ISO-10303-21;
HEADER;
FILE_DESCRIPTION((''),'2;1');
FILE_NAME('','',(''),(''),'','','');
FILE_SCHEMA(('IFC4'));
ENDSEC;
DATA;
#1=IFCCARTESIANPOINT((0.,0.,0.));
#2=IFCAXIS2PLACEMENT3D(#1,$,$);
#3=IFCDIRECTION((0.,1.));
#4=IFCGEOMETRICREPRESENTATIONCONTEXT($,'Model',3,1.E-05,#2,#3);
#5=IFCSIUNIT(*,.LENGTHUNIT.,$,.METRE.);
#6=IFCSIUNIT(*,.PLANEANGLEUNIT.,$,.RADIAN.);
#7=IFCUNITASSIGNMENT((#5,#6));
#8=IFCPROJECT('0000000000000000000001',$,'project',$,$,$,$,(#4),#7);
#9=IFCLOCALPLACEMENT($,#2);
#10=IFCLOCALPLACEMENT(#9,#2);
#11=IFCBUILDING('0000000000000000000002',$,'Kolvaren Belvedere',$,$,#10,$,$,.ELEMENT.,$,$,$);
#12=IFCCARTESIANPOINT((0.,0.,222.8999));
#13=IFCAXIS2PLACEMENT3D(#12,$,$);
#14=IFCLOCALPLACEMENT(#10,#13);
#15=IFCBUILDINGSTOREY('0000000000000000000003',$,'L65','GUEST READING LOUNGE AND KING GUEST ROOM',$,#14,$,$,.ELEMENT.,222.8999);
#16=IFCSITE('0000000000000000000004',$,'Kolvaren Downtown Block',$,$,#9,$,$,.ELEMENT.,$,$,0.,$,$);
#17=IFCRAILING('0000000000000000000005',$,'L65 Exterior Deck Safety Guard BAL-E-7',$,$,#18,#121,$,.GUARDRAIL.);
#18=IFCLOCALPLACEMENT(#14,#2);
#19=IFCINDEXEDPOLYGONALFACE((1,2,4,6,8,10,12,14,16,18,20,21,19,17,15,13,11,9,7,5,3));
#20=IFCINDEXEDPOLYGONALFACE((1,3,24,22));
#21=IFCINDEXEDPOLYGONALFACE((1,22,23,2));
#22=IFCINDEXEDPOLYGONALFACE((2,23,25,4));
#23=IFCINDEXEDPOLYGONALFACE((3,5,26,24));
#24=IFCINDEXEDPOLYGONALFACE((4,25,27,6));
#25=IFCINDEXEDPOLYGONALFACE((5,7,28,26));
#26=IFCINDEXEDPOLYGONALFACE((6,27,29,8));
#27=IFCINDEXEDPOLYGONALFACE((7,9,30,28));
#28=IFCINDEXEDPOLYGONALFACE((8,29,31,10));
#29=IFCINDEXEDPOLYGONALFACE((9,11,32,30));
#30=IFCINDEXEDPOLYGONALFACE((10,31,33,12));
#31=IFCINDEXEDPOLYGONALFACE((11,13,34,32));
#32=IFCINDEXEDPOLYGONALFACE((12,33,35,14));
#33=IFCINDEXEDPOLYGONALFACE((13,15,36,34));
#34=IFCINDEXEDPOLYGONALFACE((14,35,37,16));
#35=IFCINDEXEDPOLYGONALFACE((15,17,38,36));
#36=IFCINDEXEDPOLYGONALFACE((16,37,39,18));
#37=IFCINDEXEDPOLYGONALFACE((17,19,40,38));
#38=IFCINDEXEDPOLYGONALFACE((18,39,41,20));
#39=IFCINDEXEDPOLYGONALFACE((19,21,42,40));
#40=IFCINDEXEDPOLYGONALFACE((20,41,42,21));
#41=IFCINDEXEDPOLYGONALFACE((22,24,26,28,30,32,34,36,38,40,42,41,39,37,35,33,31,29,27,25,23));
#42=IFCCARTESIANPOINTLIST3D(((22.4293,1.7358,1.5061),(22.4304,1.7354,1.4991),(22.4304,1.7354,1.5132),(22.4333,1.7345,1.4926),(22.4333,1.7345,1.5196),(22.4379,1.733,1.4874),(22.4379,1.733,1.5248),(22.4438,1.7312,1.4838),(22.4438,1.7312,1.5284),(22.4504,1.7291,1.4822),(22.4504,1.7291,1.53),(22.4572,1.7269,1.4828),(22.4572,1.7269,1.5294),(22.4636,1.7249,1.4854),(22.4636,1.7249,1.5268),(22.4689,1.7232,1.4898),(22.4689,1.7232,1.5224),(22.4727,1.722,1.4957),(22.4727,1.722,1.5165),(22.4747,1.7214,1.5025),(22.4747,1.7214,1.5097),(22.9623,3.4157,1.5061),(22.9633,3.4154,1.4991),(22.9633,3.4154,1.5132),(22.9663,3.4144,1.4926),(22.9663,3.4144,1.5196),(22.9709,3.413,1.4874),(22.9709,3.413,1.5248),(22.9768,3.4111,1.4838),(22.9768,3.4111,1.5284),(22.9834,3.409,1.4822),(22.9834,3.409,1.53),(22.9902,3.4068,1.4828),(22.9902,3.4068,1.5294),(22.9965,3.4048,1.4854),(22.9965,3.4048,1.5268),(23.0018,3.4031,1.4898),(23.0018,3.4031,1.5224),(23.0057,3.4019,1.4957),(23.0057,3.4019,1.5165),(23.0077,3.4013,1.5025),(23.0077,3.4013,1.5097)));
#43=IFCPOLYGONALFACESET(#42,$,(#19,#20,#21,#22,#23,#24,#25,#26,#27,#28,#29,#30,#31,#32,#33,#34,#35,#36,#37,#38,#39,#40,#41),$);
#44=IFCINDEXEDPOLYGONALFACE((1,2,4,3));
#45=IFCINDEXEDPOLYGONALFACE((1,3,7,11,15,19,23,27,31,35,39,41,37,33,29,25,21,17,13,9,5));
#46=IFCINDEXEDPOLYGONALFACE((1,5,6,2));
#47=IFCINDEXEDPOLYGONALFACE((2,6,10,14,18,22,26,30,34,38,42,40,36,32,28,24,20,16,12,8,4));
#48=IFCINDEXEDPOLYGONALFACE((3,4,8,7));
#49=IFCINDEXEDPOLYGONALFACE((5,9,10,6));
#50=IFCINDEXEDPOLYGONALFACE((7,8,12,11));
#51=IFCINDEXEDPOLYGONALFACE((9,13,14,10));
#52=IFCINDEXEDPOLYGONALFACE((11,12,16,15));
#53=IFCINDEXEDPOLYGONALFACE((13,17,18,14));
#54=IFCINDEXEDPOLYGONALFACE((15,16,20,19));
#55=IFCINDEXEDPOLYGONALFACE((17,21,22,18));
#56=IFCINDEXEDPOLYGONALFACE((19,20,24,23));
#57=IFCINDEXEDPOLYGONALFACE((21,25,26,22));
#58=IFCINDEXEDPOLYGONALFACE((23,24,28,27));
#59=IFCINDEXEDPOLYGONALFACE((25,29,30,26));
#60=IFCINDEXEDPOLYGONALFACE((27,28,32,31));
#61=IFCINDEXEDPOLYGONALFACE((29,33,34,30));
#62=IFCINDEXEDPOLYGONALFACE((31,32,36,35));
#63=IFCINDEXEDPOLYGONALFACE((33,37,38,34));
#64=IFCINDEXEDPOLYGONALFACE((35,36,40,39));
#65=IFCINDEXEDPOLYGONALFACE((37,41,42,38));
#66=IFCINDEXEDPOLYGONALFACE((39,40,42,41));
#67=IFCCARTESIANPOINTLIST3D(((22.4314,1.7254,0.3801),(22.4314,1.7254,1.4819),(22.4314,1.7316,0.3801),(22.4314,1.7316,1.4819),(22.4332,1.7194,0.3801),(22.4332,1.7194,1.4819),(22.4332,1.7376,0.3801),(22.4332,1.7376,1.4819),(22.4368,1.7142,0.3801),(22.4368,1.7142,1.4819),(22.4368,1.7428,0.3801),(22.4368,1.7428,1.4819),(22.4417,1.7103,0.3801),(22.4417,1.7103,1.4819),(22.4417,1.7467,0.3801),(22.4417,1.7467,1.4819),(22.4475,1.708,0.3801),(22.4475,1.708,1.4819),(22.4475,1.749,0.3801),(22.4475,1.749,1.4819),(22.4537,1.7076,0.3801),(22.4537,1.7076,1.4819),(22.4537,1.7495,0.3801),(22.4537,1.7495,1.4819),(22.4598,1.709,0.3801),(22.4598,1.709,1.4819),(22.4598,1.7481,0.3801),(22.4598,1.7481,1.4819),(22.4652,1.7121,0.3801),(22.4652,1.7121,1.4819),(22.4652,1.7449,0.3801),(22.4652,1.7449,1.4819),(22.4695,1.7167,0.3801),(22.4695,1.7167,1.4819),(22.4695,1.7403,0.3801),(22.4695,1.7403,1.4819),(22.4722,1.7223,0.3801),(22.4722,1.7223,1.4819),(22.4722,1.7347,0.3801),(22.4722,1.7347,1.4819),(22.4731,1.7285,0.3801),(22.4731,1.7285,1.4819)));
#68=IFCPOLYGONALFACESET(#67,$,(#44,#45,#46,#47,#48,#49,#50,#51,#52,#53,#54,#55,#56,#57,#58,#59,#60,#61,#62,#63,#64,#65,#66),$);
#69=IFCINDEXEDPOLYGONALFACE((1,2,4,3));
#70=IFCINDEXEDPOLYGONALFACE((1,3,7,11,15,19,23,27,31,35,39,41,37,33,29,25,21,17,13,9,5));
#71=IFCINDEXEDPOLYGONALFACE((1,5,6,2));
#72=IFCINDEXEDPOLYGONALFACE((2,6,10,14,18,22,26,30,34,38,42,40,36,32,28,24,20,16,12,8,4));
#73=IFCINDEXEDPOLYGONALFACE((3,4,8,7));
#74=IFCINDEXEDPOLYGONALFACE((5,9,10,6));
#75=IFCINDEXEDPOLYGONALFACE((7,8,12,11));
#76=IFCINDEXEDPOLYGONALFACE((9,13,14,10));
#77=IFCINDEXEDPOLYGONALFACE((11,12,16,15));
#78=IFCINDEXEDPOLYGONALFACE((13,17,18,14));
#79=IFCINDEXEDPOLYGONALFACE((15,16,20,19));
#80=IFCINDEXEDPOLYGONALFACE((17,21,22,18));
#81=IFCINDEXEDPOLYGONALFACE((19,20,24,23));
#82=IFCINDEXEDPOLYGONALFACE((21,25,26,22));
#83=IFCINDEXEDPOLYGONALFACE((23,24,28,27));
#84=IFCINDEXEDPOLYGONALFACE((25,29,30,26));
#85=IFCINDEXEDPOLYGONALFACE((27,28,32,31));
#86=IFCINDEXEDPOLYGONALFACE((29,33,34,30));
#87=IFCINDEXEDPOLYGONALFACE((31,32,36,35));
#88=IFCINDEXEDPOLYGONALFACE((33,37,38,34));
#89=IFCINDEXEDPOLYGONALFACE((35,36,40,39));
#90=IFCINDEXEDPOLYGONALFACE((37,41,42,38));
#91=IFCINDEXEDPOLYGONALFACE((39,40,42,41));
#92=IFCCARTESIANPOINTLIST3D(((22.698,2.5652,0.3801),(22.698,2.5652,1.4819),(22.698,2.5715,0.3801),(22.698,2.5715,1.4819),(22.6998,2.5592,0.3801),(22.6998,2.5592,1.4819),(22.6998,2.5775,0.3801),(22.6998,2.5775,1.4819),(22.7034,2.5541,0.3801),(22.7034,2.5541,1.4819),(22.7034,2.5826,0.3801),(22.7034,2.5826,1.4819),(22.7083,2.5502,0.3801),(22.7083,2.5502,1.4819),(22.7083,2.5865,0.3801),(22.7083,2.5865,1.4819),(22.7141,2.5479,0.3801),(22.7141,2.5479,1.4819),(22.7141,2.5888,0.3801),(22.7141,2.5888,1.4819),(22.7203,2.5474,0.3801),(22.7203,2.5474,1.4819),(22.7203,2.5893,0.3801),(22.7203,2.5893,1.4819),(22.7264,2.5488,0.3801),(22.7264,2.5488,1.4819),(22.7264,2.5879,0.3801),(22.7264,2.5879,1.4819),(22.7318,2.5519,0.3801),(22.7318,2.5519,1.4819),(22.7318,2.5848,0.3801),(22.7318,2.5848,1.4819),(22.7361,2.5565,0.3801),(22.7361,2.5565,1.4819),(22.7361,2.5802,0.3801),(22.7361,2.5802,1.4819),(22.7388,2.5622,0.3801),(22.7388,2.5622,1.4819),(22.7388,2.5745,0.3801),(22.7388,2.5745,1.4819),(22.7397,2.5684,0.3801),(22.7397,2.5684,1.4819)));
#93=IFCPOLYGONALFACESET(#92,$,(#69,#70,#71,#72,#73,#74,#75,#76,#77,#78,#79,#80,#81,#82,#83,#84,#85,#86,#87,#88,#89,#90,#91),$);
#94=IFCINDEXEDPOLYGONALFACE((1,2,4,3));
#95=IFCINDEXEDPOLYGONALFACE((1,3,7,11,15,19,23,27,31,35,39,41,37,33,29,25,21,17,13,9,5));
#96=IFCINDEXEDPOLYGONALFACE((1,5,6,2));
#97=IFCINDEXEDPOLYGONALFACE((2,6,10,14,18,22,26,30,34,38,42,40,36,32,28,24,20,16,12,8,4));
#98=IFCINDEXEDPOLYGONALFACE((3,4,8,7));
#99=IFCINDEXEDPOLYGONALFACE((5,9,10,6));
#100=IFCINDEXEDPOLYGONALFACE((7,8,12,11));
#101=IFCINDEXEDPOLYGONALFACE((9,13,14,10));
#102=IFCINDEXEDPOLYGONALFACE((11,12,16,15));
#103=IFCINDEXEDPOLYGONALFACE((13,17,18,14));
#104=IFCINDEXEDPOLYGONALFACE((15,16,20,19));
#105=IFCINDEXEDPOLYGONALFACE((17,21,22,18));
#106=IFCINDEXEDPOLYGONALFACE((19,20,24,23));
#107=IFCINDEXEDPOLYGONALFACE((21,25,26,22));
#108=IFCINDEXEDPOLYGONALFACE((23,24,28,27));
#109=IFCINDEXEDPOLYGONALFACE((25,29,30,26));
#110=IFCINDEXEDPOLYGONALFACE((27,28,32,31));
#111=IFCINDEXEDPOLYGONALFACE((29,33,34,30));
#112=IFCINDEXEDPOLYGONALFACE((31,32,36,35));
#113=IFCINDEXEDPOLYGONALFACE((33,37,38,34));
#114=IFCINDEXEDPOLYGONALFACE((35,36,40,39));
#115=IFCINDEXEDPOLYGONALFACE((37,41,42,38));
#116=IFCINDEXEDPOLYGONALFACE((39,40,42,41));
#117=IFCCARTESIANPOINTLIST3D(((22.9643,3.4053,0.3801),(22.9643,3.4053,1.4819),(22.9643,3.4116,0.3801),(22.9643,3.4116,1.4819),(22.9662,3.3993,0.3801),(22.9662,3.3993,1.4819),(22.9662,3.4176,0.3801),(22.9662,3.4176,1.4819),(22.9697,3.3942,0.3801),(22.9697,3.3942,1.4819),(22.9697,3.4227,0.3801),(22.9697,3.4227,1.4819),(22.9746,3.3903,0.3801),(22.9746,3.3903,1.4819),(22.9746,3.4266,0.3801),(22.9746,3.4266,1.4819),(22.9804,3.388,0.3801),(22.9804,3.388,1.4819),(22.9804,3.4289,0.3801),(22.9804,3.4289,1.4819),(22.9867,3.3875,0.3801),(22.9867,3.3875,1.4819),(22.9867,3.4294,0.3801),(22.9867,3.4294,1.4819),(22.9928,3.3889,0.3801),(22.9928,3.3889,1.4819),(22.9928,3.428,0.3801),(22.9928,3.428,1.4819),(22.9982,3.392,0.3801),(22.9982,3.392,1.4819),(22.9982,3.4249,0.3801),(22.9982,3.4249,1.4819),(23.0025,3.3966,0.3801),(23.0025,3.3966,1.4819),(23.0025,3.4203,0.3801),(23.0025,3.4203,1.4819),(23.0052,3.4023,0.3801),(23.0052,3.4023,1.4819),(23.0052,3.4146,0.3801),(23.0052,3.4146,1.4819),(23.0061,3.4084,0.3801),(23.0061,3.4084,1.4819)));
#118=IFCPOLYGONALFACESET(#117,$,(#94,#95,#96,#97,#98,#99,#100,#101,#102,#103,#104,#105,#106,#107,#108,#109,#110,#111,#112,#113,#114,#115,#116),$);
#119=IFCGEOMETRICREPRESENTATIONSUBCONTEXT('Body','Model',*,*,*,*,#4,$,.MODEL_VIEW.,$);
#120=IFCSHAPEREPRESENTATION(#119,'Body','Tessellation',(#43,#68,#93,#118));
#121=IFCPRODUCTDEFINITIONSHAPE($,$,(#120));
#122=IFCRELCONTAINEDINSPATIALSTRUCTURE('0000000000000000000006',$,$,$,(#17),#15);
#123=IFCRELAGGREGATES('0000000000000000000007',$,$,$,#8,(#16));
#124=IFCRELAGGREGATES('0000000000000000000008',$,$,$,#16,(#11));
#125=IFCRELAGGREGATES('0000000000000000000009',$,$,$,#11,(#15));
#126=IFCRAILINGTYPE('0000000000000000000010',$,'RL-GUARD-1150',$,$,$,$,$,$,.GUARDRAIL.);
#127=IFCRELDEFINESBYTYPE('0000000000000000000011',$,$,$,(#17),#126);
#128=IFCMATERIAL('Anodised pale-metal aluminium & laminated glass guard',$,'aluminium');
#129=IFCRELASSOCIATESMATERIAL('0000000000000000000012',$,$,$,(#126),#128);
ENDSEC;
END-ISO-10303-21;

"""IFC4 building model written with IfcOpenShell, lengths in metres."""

from ifc_helpers import new_model, si_unit, direction, frame, origin, origin_2d, place, context, subcontext, project, spatial, circle, extrude, material, type_object, element, save


model = new_model("IFC4")

# Units and contexts
model_context = context("Model", 3, precision=1e-05, world=origin(), true_north=direction((0.0, 1.0)))
body_context = subcontext(model_context, "Body", "Model", "MODEL_VIEW")
ifc_project = project(units=[si_unit("LENGTHUNIT", "METRE"), si_unit("PLANEANGLEUNIT", "RADIAN")], contexts=[model_context])

# Site, building, storey
site_placement = place(None, origin())
site = spatial("IfcSite", under=ifc_project, at=site_placement, Name="Kolvaren Downtown Block", CompositionType="ELEMENT", RefElevation=0.0)
building_placement = place(site_placement, origin())
building = spatial("IfcBuilding", under=site, at=building_placement, Name="Kolvaren Belvedere", CompositionType="ELEMENT")
storey_placement = place(building_placement, frame((0.0, 0.0, 222.8999)))
storey = spatial("IfcBuildingStorey", under=building, at=storey_placement, Name="L65", Description="GUEST READING LOUNGE AND KING GUEST ROOM", CompositionType="ELEMENT", Elevation=222.8999)

# Railing
ifc_material_1 = material(Name="Anodised pale-metal aluminium & laminated glass guard", Category="aluminium")
railing_type = type_object("IfcRailingType", Name="RL-GUARD-1150", PredefinedType="GUARDRAIL", material=ifc_material_1)
railing_1_placement = place(storey_placement, frame((22.4521, 1.7285, 0.3801)))
element("IfcRailing", 1, at=railing_1_placement, inside=storey, type_object=railing_type, Name="L65 Exterior Deck Safety Guard BAL-E-7", PredefinedType="GUARDRAIL", context=body_context, shape_type="SweptSolid", body=[
    extrude(circle(Radius=0.0239, at=origin_2d()), frame((0.0, 0.0, 1.126), z_axis=(0.302397, 0.953182, 0.0), x_axis=(-0.953182, 0.302397, 0.0)), (0.0, 0.0, 1.0), 1.7625),
    extrude(circle(Radius=0.021, at=origin_2d()), origin(), (0.0, 0.0, 1.0), 1.1018),
    extrude(circle(Radius=0.021, at=origin_2d()), frame((0.2666, 0.8398, 0.0)), (0.0, 0.0, 1.0), 1.1018),
    extrude(circle(Radius=0.021, at=origin_2d()), frame((0.533, 1.6799, 0.0)), (0.0, 0.0, 1.0), 1.1018),
])

save(model, "model.ifc")
